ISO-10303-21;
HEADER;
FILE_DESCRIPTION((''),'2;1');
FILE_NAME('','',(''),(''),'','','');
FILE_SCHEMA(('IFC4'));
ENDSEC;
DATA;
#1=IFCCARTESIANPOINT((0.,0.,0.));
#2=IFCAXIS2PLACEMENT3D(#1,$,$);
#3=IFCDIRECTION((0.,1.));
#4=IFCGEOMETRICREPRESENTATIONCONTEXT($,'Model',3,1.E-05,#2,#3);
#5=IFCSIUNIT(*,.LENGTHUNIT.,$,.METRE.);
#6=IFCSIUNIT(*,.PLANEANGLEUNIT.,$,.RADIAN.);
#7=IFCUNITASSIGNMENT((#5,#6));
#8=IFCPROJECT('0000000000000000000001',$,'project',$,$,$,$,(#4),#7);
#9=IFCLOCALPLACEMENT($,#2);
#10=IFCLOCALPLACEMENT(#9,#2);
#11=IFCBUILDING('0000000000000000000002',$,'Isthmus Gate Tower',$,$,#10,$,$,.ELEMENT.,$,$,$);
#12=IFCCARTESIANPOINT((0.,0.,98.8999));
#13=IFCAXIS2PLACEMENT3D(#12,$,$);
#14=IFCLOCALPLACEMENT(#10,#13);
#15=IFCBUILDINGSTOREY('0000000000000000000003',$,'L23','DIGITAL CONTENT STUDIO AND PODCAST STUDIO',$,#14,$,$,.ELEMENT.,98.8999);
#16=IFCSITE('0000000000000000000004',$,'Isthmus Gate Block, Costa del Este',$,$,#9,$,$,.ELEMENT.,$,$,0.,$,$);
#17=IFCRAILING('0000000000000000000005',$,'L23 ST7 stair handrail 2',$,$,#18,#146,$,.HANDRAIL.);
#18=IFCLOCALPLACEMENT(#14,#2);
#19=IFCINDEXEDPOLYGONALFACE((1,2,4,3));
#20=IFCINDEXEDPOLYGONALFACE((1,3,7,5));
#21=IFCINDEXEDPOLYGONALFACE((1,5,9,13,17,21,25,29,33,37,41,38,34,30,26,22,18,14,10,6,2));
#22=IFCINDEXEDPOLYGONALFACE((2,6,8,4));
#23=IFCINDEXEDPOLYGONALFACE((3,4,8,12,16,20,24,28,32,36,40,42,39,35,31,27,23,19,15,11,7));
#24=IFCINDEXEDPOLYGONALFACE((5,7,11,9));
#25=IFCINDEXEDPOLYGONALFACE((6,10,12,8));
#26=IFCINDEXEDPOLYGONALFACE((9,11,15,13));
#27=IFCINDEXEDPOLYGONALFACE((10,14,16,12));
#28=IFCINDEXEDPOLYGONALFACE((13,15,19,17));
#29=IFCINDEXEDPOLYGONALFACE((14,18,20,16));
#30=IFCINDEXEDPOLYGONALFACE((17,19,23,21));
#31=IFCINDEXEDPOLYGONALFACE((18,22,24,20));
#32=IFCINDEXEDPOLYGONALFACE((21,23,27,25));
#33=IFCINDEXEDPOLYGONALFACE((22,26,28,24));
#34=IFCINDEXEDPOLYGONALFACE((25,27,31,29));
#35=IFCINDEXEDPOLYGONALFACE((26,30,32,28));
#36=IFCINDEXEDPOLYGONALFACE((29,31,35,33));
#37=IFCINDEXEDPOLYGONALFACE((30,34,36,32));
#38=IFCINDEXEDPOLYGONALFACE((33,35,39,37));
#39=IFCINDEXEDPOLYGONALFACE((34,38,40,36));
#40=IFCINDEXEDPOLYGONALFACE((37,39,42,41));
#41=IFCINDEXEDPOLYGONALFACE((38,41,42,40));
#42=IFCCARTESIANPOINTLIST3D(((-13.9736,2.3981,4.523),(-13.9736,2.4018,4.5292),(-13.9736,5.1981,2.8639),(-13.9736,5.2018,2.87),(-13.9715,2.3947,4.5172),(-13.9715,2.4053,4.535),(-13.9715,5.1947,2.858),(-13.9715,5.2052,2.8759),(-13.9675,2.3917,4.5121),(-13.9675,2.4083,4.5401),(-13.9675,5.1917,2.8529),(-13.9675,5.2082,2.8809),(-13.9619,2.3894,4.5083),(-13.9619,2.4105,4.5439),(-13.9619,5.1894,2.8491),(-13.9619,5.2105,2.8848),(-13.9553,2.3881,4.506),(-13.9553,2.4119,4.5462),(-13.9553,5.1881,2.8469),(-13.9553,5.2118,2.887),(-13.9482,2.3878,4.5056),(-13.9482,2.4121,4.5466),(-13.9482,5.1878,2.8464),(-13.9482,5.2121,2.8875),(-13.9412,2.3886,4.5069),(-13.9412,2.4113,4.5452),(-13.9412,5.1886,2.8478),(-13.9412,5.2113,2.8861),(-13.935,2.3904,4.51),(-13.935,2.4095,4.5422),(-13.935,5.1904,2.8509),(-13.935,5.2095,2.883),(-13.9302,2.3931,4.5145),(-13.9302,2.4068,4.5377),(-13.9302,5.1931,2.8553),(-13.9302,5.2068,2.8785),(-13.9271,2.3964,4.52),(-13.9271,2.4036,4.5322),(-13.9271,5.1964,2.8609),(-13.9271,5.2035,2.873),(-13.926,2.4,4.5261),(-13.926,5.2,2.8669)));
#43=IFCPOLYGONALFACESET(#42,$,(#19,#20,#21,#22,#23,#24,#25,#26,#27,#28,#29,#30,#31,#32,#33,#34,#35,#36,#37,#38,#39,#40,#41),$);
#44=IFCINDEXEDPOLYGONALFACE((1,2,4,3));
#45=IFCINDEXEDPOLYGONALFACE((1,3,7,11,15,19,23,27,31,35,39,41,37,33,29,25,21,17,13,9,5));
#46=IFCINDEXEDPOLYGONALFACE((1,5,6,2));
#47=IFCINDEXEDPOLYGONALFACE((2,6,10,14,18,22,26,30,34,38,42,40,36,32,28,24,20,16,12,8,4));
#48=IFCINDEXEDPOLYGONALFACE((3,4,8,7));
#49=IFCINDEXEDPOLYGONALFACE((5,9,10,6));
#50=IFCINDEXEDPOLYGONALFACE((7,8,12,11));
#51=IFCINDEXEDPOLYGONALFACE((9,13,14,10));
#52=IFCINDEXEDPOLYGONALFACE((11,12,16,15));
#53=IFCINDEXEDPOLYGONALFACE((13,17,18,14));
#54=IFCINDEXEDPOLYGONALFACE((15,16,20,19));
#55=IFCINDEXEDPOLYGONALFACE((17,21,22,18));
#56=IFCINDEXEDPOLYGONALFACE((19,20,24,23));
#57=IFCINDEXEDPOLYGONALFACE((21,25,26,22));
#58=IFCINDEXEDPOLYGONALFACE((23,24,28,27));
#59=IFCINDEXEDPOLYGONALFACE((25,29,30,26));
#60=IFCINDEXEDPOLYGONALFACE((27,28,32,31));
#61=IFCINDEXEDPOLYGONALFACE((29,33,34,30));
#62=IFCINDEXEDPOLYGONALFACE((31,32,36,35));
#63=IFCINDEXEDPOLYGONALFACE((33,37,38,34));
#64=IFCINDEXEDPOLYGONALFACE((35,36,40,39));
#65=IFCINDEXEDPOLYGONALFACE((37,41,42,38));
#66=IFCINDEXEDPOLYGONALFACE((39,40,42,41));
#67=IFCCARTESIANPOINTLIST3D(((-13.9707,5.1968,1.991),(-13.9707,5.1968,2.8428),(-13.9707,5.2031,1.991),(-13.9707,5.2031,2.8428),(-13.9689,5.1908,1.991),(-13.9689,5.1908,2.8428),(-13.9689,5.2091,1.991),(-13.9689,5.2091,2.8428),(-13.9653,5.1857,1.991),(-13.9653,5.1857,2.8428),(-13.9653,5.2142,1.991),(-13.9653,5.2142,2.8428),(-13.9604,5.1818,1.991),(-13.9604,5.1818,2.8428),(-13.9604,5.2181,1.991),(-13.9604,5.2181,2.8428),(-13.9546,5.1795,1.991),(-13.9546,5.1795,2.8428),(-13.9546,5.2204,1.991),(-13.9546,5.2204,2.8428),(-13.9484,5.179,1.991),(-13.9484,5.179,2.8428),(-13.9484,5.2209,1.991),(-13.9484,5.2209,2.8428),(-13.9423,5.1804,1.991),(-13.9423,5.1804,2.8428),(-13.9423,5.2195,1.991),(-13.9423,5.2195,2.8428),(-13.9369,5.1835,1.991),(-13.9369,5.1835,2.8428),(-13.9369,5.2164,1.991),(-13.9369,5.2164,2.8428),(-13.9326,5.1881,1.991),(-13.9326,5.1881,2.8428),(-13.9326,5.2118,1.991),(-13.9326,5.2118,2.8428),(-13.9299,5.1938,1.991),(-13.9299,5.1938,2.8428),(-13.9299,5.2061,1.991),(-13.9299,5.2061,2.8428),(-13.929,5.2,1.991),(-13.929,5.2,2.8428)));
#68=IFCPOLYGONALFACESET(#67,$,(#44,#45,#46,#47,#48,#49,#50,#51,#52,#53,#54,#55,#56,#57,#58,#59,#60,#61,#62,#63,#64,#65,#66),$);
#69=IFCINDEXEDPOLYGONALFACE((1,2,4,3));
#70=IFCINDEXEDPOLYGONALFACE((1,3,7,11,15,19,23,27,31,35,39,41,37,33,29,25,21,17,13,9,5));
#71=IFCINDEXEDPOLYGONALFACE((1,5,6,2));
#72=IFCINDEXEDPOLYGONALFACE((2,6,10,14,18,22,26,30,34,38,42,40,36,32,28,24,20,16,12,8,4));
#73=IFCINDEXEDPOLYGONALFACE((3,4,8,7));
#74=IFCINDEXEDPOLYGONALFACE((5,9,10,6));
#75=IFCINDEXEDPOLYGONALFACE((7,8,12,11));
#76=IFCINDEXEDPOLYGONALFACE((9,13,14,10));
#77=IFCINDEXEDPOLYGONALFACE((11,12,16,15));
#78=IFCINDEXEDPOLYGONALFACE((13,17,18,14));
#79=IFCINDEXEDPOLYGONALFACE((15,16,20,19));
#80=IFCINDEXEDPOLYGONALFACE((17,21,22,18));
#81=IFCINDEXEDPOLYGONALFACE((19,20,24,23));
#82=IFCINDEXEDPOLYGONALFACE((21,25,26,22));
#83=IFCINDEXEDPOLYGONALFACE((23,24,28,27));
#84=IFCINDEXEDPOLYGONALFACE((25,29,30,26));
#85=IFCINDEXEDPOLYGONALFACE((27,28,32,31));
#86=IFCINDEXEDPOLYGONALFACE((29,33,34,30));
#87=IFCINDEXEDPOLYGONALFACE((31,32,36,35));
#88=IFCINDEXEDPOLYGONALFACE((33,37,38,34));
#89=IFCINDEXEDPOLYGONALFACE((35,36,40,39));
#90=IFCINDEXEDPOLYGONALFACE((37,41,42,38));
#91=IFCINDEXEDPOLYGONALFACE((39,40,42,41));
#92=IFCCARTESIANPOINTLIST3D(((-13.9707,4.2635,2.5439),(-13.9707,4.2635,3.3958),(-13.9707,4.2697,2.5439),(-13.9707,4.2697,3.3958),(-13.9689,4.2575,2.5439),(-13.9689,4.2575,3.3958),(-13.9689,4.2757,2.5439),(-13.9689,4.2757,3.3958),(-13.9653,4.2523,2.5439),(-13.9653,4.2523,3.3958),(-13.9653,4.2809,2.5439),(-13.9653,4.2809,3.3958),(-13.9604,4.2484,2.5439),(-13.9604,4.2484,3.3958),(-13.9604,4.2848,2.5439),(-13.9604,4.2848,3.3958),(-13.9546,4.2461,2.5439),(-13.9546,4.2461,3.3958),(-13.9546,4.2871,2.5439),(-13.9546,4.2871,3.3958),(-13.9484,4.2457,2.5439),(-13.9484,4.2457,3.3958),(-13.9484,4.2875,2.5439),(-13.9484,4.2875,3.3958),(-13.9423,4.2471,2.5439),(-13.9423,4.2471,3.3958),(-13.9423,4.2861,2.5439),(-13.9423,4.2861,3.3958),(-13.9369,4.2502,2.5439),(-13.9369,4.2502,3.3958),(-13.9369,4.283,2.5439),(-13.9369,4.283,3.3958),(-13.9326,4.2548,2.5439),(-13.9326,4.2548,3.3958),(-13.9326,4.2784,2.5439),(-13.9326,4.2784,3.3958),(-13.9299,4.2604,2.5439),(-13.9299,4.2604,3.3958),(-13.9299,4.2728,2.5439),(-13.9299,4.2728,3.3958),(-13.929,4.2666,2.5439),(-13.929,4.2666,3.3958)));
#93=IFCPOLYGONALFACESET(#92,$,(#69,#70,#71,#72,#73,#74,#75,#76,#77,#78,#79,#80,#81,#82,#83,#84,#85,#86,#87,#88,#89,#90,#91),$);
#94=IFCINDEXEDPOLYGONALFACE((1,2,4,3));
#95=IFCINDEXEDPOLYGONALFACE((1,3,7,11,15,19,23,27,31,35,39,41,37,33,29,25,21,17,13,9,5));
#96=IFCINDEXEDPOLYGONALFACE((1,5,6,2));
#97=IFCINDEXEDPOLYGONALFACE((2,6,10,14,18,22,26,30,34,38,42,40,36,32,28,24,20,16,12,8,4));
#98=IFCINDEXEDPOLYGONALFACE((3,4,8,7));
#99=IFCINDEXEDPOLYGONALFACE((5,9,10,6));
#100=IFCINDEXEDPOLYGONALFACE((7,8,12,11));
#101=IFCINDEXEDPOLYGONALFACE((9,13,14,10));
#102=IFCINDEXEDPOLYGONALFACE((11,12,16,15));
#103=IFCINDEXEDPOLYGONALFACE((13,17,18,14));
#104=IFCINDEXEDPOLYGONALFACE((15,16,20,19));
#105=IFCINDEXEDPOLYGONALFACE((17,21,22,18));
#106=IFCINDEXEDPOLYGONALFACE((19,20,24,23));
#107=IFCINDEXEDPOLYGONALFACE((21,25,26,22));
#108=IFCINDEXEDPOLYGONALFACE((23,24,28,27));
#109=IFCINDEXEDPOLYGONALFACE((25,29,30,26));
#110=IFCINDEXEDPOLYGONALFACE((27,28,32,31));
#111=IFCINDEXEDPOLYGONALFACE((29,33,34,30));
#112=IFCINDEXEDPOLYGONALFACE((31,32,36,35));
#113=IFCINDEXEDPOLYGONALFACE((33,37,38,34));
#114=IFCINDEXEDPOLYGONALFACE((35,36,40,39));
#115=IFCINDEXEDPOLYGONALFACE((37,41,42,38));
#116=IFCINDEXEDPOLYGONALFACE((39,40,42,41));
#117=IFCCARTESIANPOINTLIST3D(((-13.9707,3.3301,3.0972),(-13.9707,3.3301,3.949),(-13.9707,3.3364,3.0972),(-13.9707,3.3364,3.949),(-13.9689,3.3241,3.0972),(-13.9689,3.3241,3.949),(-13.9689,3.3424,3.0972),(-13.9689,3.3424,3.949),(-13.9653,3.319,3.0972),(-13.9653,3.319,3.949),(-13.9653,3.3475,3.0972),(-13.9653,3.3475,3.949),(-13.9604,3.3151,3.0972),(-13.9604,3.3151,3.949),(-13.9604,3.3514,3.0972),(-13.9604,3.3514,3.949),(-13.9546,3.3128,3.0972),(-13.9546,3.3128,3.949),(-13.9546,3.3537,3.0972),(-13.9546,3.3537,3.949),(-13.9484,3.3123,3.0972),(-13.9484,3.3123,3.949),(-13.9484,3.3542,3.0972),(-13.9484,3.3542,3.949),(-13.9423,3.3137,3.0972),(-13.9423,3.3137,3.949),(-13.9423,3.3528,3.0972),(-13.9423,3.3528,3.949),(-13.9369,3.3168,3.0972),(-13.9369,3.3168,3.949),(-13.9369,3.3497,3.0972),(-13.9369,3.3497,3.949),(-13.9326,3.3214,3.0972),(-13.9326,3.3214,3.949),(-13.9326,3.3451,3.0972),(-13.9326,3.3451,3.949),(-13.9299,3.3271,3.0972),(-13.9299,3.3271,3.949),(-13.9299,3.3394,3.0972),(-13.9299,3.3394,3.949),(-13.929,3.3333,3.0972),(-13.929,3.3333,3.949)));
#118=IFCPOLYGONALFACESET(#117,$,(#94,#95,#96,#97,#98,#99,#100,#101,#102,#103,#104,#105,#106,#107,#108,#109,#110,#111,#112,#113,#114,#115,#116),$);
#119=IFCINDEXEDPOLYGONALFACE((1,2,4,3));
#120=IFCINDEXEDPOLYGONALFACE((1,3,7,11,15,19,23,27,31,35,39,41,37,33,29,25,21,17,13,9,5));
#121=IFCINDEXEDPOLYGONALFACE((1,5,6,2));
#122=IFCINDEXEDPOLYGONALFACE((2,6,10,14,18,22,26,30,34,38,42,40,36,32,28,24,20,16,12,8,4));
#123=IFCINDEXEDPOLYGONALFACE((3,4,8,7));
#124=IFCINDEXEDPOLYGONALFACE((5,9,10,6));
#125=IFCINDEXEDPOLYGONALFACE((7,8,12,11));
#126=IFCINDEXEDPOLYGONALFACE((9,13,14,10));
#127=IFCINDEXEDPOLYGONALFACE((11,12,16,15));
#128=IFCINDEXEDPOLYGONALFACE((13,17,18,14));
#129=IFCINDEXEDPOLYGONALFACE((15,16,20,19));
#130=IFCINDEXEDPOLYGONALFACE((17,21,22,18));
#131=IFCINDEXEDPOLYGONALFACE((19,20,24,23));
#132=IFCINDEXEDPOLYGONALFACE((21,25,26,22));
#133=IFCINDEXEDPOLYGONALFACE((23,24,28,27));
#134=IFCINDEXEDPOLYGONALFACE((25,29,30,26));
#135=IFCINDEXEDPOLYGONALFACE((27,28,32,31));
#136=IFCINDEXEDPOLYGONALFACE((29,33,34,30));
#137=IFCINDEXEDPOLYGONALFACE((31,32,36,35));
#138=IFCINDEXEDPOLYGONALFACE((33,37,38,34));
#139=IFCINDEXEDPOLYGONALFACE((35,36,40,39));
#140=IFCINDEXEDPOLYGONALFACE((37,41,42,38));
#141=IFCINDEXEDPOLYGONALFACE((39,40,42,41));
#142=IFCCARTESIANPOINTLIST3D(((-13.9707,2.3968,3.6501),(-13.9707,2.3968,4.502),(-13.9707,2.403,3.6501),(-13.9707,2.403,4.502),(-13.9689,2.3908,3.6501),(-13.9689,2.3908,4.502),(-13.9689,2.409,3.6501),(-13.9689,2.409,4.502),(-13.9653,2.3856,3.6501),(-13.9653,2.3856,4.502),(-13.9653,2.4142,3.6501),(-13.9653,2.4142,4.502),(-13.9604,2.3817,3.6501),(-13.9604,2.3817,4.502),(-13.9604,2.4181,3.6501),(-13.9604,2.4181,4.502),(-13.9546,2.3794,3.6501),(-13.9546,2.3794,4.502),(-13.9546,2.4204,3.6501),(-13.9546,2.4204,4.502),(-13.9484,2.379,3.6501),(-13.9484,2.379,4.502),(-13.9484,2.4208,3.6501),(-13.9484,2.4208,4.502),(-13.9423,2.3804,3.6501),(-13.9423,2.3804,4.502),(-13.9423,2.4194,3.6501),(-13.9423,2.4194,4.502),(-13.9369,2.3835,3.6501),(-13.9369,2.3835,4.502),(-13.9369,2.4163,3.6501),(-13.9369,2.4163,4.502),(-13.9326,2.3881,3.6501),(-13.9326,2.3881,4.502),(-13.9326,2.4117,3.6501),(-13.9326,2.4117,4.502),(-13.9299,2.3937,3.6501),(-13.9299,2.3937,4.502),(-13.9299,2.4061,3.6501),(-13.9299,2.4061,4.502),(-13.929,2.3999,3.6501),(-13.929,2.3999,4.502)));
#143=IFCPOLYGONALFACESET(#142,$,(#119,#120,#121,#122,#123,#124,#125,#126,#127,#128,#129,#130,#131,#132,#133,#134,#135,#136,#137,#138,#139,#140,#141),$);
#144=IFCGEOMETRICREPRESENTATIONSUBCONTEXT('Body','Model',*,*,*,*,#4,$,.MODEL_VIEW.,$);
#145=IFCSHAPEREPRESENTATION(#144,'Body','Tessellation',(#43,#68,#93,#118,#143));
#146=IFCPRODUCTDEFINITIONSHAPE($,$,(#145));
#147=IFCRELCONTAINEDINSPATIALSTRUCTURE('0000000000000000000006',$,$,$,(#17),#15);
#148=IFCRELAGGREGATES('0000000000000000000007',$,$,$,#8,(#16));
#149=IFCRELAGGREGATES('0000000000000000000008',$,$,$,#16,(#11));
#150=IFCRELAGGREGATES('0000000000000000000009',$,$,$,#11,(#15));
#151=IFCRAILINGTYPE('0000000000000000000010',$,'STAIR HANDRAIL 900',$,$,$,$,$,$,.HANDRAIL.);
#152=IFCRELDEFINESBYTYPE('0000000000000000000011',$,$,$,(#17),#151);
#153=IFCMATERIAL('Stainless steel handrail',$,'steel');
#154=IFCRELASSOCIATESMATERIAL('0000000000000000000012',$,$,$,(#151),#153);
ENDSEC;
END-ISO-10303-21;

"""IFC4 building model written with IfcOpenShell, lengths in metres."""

from ifc_helpers import new_model, si_unit, direction, frame, origin, origin_2d, place, context, subcontext, project, spatial, circle, extrude, material, type_object, element, save


model = new_model("IFC4")

# Units and contexts
model_context = context("Model", 3, precision=1e-05, world=origin(), true_north=direction((0.0, 1.0)))
body_context = subcontext(model_context, "Body", "Model", "MODEL_VIEW")
ifc_project = project(units=[si_unit("LENGTHUNIT", "METRE"), si_unit("PLANEANGLEUNIT", "RADIAN")], contexts=[model_context])

# Site, building, storey
site_placement = place(None, origin())
site = spatial("IfcSite", under=ifc_project, at=site_placement, Name="Isthmus Gate Block, Costa del Este", CompositionType="ELEMENT", RefElevation=0.0)
building_placement = place(site_placement, origin())
building = spatial("IfcBuilding", under=site, at=building_placement, Name="Isthmus Gate Tower", CompositionType="ELEMENT")
storey_placement = place(building_placement, frame((0.0, 0.0, 98.8999)))
storey = spatial("IfcBuildingStorey", under=building, at=storey_placement, Name="L23", Description="DIGITAL CONTENT STUDIO AND PODCAST STUDIO", CompositionType="ELEMENT", Elevation=98.8999)

# Railing
ifc_material_1 = material(Name="Stainless steel handrail", Category="steel")
railing_type_1 = type_object("IfcRailingType", Name="STAIR HANDRAIL 900", PredefinedType="HANDRAIL", material=ifc_material_1)
railing_1_placement = place(storey_placement, frame((-13.95, 5.2, 1.991)))
element("IfcRailing", 1, at=railing_1_placement, inside=storey, type_object=railing_type_1, Name="L23 ST7 stair handrail 2", PredefinedType="HANDRAIL", context=body_context, shape_type="SweptSolid", body=[
    extrude(circle(Radius=0.0239, at=origin_2d()), frame((0.0, 0.0, 0.876), z_axis=(0.0, -0.860306, 0.509778), x_axis=(1.0, 0.0, 0.0)), (0.0, 0.0, 1.0), 3.2546),
    extrude(circle(Radius=0.021, at=origin_2d()), origin(), (0.0, 0.0, 1.0), 0.8518),
    extrude(circle(Radius=0.021, at=origin_2d()), frame((0.0, -0.9333, 0.553)), (0.0, 0.0, 1.0), 0.8518),
    extrude(circle(Radius=0.021, at=origin_2d()), frame((0.0, -1.8667, 1.1062)), (0.0, 0.0, 1.0), 0.8518),
    extrude(circle(Radius=0.021, at=origin_2d()), frame((0.0, -2.8, 1.6592)), (0.0, 0.0, 1.0), 0.8518),
])

save(model, "model.ifc")
